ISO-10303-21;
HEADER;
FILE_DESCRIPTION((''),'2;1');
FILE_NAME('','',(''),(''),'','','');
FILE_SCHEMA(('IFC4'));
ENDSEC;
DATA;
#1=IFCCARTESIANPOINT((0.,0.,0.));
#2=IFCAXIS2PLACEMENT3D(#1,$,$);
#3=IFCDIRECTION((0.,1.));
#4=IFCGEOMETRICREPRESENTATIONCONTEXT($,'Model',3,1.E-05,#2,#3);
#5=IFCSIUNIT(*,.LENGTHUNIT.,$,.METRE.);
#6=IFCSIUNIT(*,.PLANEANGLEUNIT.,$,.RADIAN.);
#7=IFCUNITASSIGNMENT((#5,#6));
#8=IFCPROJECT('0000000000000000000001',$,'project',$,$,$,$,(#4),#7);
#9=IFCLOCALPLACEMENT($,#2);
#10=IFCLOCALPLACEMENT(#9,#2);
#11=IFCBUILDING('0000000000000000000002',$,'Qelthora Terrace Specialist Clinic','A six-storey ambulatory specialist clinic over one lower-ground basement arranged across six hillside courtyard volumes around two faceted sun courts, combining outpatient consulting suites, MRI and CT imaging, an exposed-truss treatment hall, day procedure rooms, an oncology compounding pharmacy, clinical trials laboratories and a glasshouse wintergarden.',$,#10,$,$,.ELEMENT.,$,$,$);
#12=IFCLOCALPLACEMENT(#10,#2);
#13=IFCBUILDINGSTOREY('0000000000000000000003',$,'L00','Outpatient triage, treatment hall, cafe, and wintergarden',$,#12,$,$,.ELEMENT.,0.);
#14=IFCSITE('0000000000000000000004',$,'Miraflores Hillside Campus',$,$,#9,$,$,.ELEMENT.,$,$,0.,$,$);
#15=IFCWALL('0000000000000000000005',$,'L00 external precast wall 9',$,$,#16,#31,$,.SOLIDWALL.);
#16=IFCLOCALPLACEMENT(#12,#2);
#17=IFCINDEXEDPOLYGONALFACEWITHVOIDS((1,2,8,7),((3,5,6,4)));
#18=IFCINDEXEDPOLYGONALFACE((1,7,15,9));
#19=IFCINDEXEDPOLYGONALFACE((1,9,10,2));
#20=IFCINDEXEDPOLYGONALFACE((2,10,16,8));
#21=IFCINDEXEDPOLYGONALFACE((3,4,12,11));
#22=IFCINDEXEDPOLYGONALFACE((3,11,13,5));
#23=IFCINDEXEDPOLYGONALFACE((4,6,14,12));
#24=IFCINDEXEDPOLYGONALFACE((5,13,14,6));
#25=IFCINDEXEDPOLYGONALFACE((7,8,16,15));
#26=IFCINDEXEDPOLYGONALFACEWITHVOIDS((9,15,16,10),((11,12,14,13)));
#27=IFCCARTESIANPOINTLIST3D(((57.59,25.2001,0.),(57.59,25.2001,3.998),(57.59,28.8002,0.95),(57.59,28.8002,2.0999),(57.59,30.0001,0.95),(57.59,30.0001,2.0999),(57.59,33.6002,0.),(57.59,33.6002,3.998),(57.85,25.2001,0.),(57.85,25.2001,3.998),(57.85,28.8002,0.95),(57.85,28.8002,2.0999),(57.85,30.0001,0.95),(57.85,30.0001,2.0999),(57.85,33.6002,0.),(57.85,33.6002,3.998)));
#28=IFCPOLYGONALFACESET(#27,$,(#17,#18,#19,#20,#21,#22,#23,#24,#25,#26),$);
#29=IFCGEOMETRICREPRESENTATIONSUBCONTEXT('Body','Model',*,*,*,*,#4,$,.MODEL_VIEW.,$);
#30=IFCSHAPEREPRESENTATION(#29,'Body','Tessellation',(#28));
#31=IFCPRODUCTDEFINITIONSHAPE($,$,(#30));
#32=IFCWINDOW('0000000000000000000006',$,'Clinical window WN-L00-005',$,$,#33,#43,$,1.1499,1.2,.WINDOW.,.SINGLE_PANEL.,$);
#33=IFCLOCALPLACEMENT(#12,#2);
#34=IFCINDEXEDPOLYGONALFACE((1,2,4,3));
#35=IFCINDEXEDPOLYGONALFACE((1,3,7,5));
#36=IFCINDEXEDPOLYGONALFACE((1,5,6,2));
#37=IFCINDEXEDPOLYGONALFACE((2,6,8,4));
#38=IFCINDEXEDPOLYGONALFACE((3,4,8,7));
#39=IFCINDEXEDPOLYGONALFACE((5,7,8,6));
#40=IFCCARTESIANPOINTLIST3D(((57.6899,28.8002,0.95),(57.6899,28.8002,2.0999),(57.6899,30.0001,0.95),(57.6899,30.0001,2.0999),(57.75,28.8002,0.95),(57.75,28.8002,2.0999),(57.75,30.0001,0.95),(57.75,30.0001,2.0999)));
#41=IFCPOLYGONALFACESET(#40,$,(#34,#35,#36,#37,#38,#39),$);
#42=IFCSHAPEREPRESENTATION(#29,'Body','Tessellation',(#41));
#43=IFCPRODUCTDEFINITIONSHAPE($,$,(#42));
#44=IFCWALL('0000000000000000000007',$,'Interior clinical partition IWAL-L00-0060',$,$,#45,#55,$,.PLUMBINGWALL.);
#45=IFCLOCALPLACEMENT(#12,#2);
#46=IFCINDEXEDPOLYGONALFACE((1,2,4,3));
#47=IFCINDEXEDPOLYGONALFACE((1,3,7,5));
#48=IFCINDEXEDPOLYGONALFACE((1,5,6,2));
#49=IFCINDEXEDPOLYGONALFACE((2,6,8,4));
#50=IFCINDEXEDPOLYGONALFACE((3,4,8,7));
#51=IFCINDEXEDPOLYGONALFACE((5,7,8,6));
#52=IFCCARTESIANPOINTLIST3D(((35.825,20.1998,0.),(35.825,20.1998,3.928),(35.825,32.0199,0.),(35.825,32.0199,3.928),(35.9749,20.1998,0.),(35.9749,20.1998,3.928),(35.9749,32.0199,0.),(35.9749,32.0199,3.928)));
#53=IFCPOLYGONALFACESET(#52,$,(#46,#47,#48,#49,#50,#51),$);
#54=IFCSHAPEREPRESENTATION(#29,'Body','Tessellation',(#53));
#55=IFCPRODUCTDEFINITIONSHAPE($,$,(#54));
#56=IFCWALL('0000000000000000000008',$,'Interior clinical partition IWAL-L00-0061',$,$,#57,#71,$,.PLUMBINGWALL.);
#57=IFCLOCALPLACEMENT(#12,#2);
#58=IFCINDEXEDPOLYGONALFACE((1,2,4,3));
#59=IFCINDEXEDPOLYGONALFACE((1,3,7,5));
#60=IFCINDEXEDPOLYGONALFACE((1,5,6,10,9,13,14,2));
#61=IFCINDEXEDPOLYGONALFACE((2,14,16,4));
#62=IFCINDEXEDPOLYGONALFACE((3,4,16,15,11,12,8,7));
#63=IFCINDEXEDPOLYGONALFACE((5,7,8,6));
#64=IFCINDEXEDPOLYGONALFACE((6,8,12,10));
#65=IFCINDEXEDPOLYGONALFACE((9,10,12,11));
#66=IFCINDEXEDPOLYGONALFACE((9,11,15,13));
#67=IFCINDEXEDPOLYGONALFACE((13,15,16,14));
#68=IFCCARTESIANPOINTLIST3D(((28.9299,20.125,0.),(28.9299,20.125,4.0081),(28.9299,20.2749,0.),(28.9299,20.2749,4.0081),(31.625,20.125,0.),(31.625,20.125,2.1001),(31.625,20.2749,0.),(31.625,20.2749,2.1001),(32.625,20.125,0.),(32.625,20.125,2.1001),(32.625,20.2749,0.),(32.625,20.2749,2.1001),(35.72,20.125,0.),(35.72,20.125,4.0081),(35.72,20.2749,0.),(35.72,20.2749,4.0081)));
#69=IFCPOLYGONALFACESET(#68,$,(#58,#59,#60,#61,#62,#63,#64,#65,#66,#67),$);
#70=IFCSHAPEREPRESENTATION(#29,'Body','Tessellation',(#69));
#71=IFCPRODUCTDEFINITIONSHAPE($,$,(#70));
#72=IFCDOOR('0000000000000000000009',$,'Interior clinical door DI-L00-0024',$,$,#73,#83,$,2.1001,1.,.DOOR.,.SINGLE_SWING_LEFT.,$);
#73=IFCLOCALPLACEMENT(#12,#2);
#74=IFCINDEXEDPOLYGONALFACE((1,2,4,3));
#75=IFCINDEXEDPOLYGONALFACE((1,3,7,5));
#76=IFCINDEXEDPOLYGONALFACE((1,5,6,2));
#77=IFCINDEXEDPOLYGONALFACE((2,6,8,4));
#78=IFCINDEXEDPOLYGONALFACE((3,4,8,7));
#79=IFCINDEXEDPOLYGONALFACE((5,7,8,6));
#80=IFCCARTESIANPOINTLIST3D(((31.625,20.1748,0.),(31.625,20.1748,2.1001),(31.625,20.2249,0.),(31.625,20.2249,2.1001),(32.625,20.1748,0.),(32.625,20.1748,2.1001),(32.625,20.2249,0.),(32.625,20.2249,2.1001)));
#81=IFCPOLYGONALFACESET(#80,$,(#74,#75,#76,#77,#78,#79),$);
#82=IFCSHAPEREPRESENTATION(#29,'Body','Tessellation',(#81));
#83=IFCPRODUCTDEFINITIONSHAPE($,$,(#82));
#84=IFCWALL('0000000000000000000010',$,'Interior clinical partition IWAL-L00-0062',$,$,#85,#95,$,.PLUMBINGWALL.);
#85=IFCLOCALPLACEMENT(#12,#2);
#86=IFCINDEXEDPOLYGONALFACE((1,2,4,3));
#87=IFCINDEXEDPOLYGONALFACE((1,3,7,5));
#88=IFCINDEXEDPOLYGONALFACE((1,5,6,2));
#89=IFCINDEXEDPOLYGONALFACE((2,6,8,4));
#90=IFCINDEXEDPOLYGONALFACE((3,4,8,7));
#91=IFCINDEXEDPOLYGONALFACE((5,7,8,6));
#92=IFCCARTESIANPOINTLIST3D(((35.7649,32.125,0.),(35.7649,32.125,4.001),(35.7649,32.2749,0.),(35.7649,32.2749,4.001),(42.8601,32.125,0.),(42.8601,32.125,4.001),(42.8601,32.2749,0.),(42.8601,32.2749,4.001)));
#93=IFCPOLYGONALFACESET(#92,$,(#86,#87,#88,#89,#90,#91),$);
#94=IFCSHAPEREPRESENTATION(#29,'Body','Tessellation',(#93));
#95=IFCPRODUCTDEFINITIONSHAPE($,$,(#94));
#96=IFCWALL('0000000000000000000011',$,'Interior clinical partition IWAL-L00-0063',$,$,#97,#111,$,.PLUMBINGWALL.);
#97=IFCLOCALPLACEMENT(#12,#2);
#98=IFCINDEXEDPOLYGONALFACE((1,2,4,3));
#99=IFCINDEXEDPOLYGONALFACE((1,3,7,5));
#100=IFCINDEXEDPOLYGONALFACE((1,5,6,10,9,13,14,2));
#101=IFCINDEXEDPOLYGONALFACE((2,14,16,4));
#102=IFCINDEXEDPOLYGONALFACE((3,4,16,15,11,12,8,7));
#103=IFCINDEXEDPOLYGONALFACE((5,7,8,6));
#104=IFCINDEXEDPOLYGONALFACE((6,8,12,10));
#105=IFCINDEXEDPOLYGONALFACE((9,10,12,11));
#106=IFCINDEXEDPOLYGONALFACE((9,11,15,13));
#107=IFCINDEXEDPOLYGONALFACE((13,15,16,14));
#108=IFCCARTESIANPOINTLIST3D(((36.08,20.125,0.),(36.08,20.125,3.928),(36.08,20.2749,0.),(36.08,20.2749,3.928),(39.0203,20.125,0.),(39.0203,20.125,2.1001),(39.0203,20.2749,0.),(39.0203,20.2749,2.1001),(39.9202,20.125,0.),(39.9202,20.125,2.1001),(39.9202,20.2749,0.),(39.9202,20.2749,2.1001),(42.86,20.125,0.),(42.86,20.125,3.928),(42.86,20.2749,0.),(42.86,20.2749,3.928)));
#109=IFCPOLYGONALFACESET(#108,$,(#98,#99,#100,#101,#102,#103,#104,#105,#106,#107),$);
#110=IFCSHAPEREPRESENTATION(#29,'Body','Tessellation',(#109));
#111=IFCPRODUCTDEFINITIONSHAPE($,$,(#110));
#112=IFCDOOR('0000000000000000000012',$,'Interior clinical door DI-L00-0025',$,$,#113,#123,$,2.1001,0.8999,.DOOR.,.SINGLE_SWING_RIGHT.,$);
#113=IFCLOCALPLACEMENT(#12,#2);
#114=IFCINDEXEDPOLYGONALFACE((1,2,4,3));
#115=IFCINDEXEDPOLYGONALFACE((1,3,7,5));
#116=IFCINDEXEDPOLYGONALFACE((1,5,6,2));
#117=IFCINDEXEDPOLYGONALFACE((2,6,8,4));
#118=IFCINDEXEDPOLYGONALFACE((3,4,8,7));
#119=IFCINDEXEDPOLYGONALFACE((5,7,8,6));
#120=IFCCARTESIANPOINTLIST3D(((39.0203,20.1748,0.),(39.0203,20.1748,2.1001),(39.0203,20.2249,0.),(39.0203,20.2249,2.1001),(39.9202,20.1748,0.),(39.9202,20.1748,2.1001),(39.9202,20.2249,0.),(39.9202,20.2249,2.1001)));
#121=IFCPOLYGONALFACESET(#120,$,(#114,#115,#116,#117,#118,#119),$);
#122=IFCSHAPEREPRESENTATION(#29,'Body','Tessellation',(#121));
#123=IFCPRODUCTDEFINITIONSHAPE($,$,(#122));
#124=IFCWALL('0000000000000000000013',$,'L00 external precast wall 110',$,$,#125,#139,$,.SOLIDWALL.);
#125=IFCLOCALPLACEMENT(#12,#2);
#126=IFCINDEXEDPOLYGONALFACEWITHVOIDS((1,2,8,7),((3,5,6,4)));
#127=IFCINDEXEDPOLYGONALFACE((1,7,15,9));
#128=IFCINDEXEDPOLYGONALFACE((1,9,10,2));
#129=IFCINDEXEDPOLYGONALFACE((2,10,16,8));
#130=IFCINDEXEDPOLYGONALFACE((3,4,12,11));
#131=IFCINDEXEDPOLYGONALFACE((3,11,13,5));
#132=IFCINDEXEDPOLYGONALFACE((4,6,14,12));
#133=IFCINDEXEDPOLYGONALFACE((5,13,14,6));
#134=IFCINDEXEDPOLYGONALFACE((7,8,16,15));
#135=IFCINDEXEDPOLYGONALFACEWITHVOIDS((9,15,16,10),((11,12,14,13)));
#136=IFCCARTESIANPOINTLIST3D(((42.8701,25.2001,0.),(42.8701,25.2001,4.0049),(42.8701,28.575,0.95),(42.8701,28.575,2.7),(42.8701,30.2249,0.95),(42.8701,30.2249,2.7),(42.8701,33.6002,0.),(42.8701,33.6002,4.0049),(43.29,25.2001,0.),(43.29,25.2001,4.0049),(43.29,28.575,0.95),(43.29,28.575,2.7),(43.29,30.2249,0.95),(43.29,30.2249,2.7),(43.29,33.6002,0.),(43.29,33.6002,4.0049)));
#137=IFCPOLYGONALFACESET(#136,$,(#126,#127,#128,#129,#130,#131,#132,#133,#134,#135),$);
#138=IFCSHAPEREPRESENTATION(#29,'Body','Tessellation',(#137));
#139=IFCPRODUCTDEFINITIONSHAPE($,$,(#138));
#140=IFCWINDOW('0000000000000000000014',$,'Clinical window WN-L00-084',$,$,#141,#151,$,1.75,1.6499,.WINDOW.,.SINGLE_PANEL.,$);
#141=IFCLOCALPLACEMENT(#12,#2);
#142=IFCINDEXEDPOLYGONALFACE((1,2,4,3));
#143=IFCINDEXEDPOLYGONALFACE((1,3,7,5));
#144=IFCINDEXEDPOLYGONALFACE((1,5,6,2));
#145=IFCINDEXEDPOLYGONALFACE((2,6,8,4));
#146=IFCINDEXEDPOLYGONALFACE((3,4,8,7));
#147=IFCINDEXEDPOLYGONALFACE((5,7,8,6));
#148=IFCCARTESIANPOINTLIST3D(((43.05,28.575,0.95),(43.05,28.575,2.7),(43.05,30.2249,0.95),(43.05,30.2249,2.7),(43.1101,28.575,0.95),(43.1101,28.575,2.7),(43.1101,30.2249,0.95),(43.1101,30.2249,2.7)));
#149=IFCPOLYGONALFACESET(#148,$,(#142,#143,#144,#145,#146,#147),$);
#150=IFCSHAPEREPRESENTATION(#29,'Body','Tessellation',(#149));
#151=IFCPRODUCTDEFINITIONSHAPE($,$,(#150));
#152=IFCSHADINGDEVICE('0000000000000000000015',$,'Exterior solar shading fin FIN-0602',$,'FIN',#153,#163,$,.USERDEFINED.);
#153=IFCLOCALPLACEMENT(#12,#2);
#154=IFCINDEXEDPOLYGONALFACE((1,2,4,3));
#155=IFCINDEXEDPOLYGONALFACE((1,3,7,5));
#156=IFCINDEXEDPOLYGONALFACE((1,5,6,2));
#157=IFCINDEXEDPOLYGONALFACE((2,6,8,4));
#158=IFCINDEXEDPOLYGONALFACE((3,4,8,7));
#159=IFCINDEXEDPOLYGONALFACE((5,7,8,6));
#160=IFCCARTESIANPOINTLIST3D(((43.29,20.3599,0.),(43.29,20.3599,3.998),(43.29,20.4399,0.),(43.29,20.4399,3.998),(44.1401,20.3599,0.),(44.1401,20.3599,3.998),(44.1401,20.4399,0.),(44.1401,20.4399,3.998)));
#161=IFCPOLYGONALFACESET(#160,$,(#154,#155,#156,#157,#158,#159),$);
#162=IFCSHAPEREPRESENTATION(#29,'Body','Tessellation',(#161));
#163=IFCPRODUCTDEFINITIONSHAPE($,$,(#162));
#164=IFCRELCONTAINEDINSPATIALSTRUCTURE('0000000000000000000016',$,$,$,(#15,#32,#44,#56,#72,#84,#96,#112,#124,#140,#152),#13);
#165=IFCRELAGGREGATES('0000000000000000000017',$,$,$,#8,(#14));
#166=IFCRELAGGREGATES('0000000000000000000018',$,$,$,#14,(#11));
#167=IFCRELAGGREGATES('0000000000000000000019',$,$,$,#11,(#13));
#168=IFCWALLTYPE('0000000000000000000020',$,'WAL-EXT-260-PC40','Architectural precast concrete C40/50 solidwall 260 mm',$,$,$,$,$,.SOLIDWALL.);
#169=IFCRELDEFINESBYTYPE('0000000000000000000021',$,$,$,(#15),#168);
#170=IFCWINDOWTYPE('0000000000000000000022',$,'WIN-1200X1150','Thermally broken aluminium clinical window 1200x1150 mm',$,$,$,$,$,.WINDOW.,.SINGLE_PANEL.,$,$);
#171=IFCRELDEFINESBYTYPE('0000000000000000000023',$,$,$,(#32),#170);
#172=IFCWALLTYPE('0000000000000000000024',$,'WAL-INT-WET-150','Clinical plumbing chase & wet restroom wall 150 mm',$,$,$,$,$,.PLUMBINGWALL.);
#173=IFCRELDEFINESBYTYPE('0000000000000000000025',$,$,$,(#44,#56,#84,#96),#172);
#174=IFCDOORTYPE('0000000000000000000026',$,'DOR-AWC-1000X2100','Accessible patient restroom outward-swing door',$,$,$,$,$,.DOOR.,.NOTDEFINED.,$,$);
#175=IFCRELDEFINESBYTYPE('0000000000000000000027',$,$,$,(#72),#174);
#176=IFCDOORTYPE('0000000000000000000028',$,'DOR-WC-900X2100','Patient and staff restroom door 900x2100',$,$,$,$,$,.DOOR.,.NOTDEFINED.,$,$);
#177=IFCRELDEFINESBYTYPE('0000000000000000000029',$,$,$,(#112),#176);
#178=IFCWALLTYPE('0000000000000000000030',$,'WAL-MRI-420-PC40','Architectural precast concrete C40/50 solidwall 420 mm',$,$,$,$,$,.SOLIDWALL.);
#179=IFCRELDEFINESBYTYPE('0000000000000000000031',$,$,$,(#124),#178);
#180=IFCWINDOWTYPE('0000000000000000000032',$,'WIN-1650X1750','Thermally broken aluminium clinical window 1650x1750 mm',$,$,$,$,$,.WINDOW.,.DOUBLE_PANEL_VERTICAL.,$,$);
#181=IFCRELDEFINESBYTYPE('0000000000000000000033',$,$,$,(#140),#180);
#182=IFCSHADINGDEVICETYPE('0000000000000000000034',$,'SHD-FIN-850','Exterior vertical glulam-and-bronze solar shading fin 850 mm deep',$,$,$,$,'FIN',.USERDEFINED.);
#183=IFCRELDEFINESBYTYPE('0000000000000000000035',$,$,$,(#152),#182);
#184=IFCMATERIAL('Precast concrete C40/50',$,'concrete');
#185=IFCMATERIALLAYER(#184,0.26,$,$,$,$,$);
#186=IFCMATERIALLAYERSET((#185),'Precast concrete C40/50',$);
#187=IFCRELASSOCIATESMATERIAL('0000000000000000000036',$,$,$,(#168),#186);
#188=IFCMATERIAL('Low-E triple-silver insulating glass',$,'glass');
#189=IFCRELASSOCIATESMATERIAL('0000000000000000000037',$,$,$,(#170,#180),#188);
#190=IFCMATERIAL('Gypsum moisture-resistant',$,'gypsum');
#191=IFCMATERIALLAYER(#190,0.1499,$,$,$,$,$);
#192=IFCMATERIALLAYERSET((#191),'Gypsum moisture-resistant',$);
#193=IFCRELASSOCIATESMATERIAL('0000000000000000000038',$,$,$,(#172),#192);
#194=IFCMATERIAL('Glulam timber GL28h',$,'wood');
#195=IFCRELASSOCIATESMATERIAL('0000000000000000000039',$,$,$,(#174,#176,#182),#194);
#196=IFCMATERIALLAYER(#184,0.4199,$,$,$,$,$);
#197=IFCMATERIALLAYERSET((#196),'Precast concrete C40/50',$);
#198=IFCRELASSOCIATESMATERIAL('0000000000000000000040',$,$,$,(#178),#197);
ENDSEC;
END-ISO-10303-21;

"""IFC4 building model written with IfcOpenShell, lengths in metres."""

from ifc_helpers import new_model, si_unit, direction, frame, frame_2d, origin, origin_2d, place, context, subcontext, project, spatial, rectangle, extrude, material, layer, layer_set, type_object, element, fill, save


model = new_model("IFC4")

# Units and contexts
model_context = context("Model", 3, precision=1e-05, world=origin(), true_north=direction((0.0, 1.0)))
body_context = subcontext(model_context, "Body", "Model", "MODEL_VIEW")
ifc_project = project(units=[si_unit("LENGTHUNIT", "METRE"), si_unit("PLANEANGLEUNIT", "RADIAN")], contexts=[model_context])

# Site, building, storey
site_placement = place(None, origin())
site = spatial("IfcSite", under=ifc_project, at=site_placement, Name="Miraflores Hillside Campus", CompositionType="ELEMENT", RefElevation=0.0)
building_placement = place(site_placement, origin())
building = spatial("IfcBuilding", under=site, at=building_placement, Name="Qelthora Terrace Specialist Clinic", Description="A six-storey ambulatory specialist clinic over one lower-ground basement arranged across six hillside courtyard volumes around two faceted sun courts, combining outpatient consulting suites, MRI and CT imaging, an exposed-truss treatment hall, day procedure rooms, an oncology compounding pharmacy, clinical trials laboratories and a glasshouse wintergarden.", CompositionType="ELEMENT")
storey_placement = place(building_placement, origin())
storey = spatial("IfcBuildingStorey", under=building, at=storey_placement, Name="L00", Description="Outpatient triage, treatment hall, cafe, and wintergarden", CompositionType="ELEMENT", Elevation=0.0)

# Wall, opening, window
ifc_material_1 = material(Name="Precast concrete C40/50", Category="concrete")
ifc_layer_1 = layer(ifc_material_1, 0.26)
ifc_layer_set_1 = layer_set([ifc_layer_1], Name="Precast concrete C40/50")
wall_type_1 = type_object("IfcWallType", Name="WAL-EXT-260-PC40", Description="Architectural precast concrete C40/50 solidwall 260 mm", PredefinedType="SOLIDWALL", material=ifc_layer_set_1)
wall_1_placement = place(storey_placement, frame((57.72, 25.2, 0.0), z_axis=(0.0, 0.0, 1.0), x_axis=(0.0, 1.0, 0.0)))
wall_1 = element("IfcWall", 1, at=wall_1_placement, inside=storey, type_object=wall_type_1, Name="L00 external precast wall 9", PredefinedType="SOLIDWALL", context=body_context, shape_type="SweptSolid", body=[
    extrude(rectangle(XDim=8.4001, YDim=0.26, at=frame_2d((4.2002, 0.0))), origin(), (0.0, 0.0, 1.0), 3.998),
])
opening_1_placement = place(wall_1_placement, frame((3.6001, 0.0, 0.95)))
opening_1 = element("IfcOpeningElement", 2, at=opening_1_placement, cuts=wall_1, PredefinedType="OPENING", context=body_context, shape_type="SweptSolid", body=[
    extrude(rectangle(XDim=1.2, YDim=1.1499, at=frame_2d((0.6001, 0.575))), frame((0.0, 0.1399, 0.0), z_axis=(0.0, -1.0, 0.0), x_axis=(1.0, 0.0, 0.0)), (0.0, 0.0, 1.0), 0.28),
])
ifc_material_2 = material(Name="Low-E triple-silver insulating glass", Category="glass")
window_type_1 = type_object("IfcWindowType", Name="WIN-1200X1150", Description="Thermally broken aluminium clinical window 1200x1150 mm", PartitioningType="SINGLE_PANEL", PredefinedType="WINDOW", material=ifc_material_2)
window_1_placement = place(opening_1_placement, origin())
window_1 = element("IfcWindow", 3, at=window_1_placement, inside=storey, type_object=window_type_1, Name="Clinical window WN-L00-005", OverallHeight=1.1499, OverallWidth=1.2, PartitioningType="SINGLE_PANEL", PredefinedType="WINDOW", context=body_context, shape_type="SweptSolid", body=[
    extrude(rectangle(XDim=1.2, YDim=1.1499, at=frame_2d((0.6001, 0.575))), frame((0.0, 0.03, 0.0), z_axis=(0.0, -1.0, 0.0), x_axis=(1.0, 0.0, 0.0)), (0.0, 0.0, 1.0), 0.0601),
])
fill(opening_1, window_1)

# Wall
ifc_material_3 = material(Name="Gypsum moisture-resistant", Category="gypsum")
ifc_layer_2 = layer(ifc_material_3, 0.1499)
ifc_layer_set_2 = layer_set([ifc_layer_2], Name="Gypsum moisture-resistant")
wall_type_2 = type_object("IfcWallType", Name="WAL-INT-WET-150", Description="Clinical plumbing chase & wet restroom wall 150 mm", PredefinedType="PLUMBINGWALL", material=ifc_layer_set_2)
wall_2_placement = place(storey_placement, frame((35.8999, 32.02, 0.0), z_axis=(0.0, 0.0, 1.0), x_axis=(0.0, -1.0, 0.0)))
element("IfcWall", 4, at=wall_2_placement, inside=storey, type_object=wall_type_2, Name="Interior clinical partition IWAL-L00-0060", PredefinedType="PLUMBINGWALL", context=body_context, shape_type="SweptSolid", body=[
    extrude(rectangle(XDim=11.8201, YDim=0.1499, at=frame_2d((5.9102, 0.0))), origin(), (0.0, 0.0, 1.0), 3.928),
])

# Wall, opening, door
wall_3_placement = place(storey_placement, frame((35.72, 20.2, 0.0), z_axis=(0.0, 0.0, 1.0), x_axis=(-1.0, 0.0, 0.0)))
wall_3 = element("IfcWall", 5, at=wall_3_placement, inside=storey, type_object=wall_type_2, Name="Interior clinical partition IWAL-L00-0061", PredefinedType="PLUMBINGWALL", context=body_context, shape_type="SweptSolid", body=[
    extrude(rectangle(XDim=6.79, YDim=0.1499, at=frame_2d((3.395, 0.0))), origin(), (0.0, 0.0, 1.0), 4.0081),
])
opening_2_placement = place(wall_3_placement, frame((3.095, 0.0, 0.0)))
opening_2 = element("IfcOpeningElement", 6, at=opening_2_placement, cuts=wall_3, PredefinedType="OPENING", context=body_context, shape_type="SweptSolid", body=[
    extrude(rectangle(XDim=1.0, YDim=2.1001, at=frame_2d((0.5, 1.05))), frame((0.0, 0.085, 0.0), z_axis=(0.0, -1.0, 0.0), x_axis=(1.0, 0.0, 0.0)), (0.0, 0.0, 1.0), 0.1699),
])
ifc_material_4 = material(Name="Glulam timber GL28h", Category="wood")
door_type_1 = type_object("IfcDoorType", Name="DOR-AWC-1000X2100", Description="Accessible patient restroom outward-swing door", OperationType="NOTDEFINED", PredefinedType="DOOR", material=ifc_material_4)
door_1_placement = place(opening_2_placement, frame((1.0, 0.0, 0.0), z_axis=(0.0, 0.0, 1.0), x_axis=(-1.0, 0.0, 0.0)))
door_1 = element("IfcDoor", 7, at=door_1_placement, inside=storey, type_object=door_type_1, Name="Interior clinical door DI-L00-0024", OperationType="SINGLE_SWING_LEFT", OverallHeight=2.1001, OverallWidth=1.0, PredefinedType="DOOR", context=body_context, shape_type="SweptSolid", body=[
    extrude(rectangle(XDim=1.0, YDim=2.1001, at=frame_2d((0.5, 1.05))), frame((0.0, 0.0249, 0.0), z_axis=(0.0, -1.0, 0.0), x_axis=(1.0, 0.0, 0.0)), (0.0, 0.0, 1.0), 0.05),
])
fill(opening_2, door_1)

# Wall
wall_4_placement = place(storey_placement, frame((35.7649, 32.2, 0.0), z_axis=(0.0, 0.0, 1.0), x_axis=(1.0, 0.0, 0.0)))
element("IfcWall", 8, at=wall_4_placement, inside=storey, type_object=wall_type_2, Name="Interior clinical partition IWAL-L00-0062", PredefinedType="PLUMBINGWALL", context=body_context, shape_type="SweptSolid", body=[
    extrude(rectangle(XDim=7.0952, YDim=0.1499, at=frame_2d((3.5476, 0.0))), origin(), (0.0, 0.0, 1.0), 4.001),
])

# Wall, opening, door
wall_5_placement = place(storey_placement, frame((42.8601, 20.2, 0.0), z_axis=(0.0, 0.0, 1.0), x_axis=(-1.0, 0.0, 0.0)))
wall_5 = element("IfcWall", 9, at=wall_5_placement, inside=storey, type_object=wall_type_2, Name="Interior clinical partition IWAL-L00-0063", PredefinedType="PLUMBINGWALL", context=body_context, shape_type="SweptSolid", body=[
    extrude(rectangle(XDim=6.78, YDim=0.1499, at=frame_2d((3.3901, 0.0))), origin(), (0.0, 0.0, 1.0), 3.928),
])
opening_3_placement = place(wall_5_placement, frame((2.9399, 0.0, 0.0)))
opening_3 = element("IfcOpeningElement", 10, at=opening_3_placement, cuts=wall_5, PredefinedType="OPENING", context=body_context, shape_type="SweptSolid", body=[
    extrude(rectangle(XDim=0.8999, YDim=2.1001, at=frame_2d((0.45, 1.05))), frame((0.0, 0.085, 0.0), z_axis=(0.0, -1.0, 0.0), x_axis=(1.0, 0.0, 0.0)), (0.0, 0.0, 1.0), 0.1699),
])
door_type_2 = type_object("IfcDoorType", Name="DOR-WC-900X2100", Description="Patient and staff restroom door 900x2100", OperationType="NOTDEFINED", PredefinedType="DOOR", material=ifc_material_4)
door_2_placement = place(opening_3_placement, frame((0.8999, 0.0, 0.0), z_axis=(0.0, 0.0, 1.0), x_axis=(-1.0, 0.0, 0.0)))
door_2 = element("IfcDoor", 11, at=door_2_placement, inside=storey, type_object=door_type_2, Name="Interior clinical door DI-L00-0025", OperationType="SINGLE_SWING_RIGHT", OverallHeight=2.1001, OverallWidth=0.8999, PredefinedType="DOOR", context=body_context, shape_type="SweptSolid", body=[
    extrude(rectangle(XDim=0.8999, YDim=2.1001, at=frame_2d((0.45, 1.05))), frame((0.0, 0.0249, 0.0), z_axis=(0.0, -1.0, 0.0), x_axis=(1.0, 0.0, 0.0)), (0.0, 0.0, 1.0), 0.05),
])
fill(opening_3, door_2)

# Wall, opening, window
ifc_layer_3 = layer(ifc_material_1, 0.4199)
ifc_layer_set_3 = layer_set([ifc_layer_3], Name="Precast concrete C40/50")
wall_type_3 = type_object("IfcWallType", Name="WAL-MRI-420-PC40", Description="Architectural precast concrete C40/50 solidwall 420 mm", PredefinedType="SOLIDWALL", material=ifc_layer_set_3)
wall_6_placement = place(storey_placement, frame((43.0801, 25.2, 0.0), z_axis=(0.0, 0.0, 1.0), x_axis=(0.0, 1.0, 0.0)))
wall_6 = element("IfcWall", 12, at=wall_6_placement, inside=storey, type_object=wall_type_3, Name="L00 external precast wall 110", PredefinedType="SOLIDWALL", context=body_context, shape_type="SweptSolid", body=[
    extrude(rectangle(XDim=8.4001, YDim=0.4199, at=frame_2d((4.2002, 0.0))), origin(), (0.0, 0.0, 1.0), 4.0049),
])
opening_4_placement = place(wall_6_placement, frame((3.375, 0.0, 0.95)))
opening_4 = element("IfcOpeningElement", 13, at=opening_4_placement, cuts=wall_6, PredefinedType="OPENING", context=body_context, shape_type="SweptSolid", body=[
    extrude(rectangle(XDim=1.6499, YDim=1.75, at=frame_2d((0.825, 0.875))), frame((0.0, 0.22, 0.0), z_axis=(0.0, -1.0, 0.0), x_axis=(1.0, 0.0, 0.0)), (0.0, 0.0, 1.0), 0.4399),
])
window_type_2 = type_object("IfcWindowType", Name="WIN-1650X1750", Description="Thermally broken aluminium clinical window 1650x1750 mm", PartitioningType="DOUBLE_PANEL_VERTICAL", PredefinedType="WINDOW", material=ifc_material_2)
window_2_placement = place(opening_4_placement, origin())
window_2 = element("IfcWindow", 14, at=window_2_placement, inside=storey, type_object=window_type_2, Name="Clinical window WN-L00-084", OverallHeight=1.75, OverallWidth=1.6499, PartitioningType="SINGLE_PANEL", PredefinedType="WINDOW", context=body_context, shape_type="SweptSolid", body=[
    extrude(rectangle(XDim=1.6499, YDim=1.75, at=frame_2d((0.825, 0.875))), frame((0.0, 0.03, 0.0), z_axis=(0.0, -1.0, 0.0), x_axis=(1.0, 0.0, 0.0)), (0.0, 0.0, 1.0), 0.0601),
])
fill(opening_4, window_2)

# Shading device
shading_device_type = type_object("IfcShadingDeviceType", Name="SHD-FIN-850", Description="Exterior vertical glulam-and-bronze solar shading fin 850 mm deep", ElementType="FIN", PredefinedType="USERDEFINED", material=ifc_material_4)
for number, where, z_axis, x_axis, name in (
    (15, (43.7151, 20.3999, 0.0), (0.0, 0.0, 1.0), (1.0, 0.0, 0.0), "Exterior solar shading fin FIN-0602"),
):
    element("IfcShadingDevice", number, at=place(storey_placement, frame(where, z_axis=z_axis, x_axis=x_axis)), inside=storey, type_object=shading_device_type, Name=name, ObjectType="FIN", PredefinedType="USERDEFINED", context=body_context, shape_type="SweptSolid", body=[
        extrude(rectangle(XDim=0.8501, YDim=0.0801, at=origin_2d()), origin(), (0.0, 0.0, 1.0), 3.998),
    ])

save(model, "model.ifc")
